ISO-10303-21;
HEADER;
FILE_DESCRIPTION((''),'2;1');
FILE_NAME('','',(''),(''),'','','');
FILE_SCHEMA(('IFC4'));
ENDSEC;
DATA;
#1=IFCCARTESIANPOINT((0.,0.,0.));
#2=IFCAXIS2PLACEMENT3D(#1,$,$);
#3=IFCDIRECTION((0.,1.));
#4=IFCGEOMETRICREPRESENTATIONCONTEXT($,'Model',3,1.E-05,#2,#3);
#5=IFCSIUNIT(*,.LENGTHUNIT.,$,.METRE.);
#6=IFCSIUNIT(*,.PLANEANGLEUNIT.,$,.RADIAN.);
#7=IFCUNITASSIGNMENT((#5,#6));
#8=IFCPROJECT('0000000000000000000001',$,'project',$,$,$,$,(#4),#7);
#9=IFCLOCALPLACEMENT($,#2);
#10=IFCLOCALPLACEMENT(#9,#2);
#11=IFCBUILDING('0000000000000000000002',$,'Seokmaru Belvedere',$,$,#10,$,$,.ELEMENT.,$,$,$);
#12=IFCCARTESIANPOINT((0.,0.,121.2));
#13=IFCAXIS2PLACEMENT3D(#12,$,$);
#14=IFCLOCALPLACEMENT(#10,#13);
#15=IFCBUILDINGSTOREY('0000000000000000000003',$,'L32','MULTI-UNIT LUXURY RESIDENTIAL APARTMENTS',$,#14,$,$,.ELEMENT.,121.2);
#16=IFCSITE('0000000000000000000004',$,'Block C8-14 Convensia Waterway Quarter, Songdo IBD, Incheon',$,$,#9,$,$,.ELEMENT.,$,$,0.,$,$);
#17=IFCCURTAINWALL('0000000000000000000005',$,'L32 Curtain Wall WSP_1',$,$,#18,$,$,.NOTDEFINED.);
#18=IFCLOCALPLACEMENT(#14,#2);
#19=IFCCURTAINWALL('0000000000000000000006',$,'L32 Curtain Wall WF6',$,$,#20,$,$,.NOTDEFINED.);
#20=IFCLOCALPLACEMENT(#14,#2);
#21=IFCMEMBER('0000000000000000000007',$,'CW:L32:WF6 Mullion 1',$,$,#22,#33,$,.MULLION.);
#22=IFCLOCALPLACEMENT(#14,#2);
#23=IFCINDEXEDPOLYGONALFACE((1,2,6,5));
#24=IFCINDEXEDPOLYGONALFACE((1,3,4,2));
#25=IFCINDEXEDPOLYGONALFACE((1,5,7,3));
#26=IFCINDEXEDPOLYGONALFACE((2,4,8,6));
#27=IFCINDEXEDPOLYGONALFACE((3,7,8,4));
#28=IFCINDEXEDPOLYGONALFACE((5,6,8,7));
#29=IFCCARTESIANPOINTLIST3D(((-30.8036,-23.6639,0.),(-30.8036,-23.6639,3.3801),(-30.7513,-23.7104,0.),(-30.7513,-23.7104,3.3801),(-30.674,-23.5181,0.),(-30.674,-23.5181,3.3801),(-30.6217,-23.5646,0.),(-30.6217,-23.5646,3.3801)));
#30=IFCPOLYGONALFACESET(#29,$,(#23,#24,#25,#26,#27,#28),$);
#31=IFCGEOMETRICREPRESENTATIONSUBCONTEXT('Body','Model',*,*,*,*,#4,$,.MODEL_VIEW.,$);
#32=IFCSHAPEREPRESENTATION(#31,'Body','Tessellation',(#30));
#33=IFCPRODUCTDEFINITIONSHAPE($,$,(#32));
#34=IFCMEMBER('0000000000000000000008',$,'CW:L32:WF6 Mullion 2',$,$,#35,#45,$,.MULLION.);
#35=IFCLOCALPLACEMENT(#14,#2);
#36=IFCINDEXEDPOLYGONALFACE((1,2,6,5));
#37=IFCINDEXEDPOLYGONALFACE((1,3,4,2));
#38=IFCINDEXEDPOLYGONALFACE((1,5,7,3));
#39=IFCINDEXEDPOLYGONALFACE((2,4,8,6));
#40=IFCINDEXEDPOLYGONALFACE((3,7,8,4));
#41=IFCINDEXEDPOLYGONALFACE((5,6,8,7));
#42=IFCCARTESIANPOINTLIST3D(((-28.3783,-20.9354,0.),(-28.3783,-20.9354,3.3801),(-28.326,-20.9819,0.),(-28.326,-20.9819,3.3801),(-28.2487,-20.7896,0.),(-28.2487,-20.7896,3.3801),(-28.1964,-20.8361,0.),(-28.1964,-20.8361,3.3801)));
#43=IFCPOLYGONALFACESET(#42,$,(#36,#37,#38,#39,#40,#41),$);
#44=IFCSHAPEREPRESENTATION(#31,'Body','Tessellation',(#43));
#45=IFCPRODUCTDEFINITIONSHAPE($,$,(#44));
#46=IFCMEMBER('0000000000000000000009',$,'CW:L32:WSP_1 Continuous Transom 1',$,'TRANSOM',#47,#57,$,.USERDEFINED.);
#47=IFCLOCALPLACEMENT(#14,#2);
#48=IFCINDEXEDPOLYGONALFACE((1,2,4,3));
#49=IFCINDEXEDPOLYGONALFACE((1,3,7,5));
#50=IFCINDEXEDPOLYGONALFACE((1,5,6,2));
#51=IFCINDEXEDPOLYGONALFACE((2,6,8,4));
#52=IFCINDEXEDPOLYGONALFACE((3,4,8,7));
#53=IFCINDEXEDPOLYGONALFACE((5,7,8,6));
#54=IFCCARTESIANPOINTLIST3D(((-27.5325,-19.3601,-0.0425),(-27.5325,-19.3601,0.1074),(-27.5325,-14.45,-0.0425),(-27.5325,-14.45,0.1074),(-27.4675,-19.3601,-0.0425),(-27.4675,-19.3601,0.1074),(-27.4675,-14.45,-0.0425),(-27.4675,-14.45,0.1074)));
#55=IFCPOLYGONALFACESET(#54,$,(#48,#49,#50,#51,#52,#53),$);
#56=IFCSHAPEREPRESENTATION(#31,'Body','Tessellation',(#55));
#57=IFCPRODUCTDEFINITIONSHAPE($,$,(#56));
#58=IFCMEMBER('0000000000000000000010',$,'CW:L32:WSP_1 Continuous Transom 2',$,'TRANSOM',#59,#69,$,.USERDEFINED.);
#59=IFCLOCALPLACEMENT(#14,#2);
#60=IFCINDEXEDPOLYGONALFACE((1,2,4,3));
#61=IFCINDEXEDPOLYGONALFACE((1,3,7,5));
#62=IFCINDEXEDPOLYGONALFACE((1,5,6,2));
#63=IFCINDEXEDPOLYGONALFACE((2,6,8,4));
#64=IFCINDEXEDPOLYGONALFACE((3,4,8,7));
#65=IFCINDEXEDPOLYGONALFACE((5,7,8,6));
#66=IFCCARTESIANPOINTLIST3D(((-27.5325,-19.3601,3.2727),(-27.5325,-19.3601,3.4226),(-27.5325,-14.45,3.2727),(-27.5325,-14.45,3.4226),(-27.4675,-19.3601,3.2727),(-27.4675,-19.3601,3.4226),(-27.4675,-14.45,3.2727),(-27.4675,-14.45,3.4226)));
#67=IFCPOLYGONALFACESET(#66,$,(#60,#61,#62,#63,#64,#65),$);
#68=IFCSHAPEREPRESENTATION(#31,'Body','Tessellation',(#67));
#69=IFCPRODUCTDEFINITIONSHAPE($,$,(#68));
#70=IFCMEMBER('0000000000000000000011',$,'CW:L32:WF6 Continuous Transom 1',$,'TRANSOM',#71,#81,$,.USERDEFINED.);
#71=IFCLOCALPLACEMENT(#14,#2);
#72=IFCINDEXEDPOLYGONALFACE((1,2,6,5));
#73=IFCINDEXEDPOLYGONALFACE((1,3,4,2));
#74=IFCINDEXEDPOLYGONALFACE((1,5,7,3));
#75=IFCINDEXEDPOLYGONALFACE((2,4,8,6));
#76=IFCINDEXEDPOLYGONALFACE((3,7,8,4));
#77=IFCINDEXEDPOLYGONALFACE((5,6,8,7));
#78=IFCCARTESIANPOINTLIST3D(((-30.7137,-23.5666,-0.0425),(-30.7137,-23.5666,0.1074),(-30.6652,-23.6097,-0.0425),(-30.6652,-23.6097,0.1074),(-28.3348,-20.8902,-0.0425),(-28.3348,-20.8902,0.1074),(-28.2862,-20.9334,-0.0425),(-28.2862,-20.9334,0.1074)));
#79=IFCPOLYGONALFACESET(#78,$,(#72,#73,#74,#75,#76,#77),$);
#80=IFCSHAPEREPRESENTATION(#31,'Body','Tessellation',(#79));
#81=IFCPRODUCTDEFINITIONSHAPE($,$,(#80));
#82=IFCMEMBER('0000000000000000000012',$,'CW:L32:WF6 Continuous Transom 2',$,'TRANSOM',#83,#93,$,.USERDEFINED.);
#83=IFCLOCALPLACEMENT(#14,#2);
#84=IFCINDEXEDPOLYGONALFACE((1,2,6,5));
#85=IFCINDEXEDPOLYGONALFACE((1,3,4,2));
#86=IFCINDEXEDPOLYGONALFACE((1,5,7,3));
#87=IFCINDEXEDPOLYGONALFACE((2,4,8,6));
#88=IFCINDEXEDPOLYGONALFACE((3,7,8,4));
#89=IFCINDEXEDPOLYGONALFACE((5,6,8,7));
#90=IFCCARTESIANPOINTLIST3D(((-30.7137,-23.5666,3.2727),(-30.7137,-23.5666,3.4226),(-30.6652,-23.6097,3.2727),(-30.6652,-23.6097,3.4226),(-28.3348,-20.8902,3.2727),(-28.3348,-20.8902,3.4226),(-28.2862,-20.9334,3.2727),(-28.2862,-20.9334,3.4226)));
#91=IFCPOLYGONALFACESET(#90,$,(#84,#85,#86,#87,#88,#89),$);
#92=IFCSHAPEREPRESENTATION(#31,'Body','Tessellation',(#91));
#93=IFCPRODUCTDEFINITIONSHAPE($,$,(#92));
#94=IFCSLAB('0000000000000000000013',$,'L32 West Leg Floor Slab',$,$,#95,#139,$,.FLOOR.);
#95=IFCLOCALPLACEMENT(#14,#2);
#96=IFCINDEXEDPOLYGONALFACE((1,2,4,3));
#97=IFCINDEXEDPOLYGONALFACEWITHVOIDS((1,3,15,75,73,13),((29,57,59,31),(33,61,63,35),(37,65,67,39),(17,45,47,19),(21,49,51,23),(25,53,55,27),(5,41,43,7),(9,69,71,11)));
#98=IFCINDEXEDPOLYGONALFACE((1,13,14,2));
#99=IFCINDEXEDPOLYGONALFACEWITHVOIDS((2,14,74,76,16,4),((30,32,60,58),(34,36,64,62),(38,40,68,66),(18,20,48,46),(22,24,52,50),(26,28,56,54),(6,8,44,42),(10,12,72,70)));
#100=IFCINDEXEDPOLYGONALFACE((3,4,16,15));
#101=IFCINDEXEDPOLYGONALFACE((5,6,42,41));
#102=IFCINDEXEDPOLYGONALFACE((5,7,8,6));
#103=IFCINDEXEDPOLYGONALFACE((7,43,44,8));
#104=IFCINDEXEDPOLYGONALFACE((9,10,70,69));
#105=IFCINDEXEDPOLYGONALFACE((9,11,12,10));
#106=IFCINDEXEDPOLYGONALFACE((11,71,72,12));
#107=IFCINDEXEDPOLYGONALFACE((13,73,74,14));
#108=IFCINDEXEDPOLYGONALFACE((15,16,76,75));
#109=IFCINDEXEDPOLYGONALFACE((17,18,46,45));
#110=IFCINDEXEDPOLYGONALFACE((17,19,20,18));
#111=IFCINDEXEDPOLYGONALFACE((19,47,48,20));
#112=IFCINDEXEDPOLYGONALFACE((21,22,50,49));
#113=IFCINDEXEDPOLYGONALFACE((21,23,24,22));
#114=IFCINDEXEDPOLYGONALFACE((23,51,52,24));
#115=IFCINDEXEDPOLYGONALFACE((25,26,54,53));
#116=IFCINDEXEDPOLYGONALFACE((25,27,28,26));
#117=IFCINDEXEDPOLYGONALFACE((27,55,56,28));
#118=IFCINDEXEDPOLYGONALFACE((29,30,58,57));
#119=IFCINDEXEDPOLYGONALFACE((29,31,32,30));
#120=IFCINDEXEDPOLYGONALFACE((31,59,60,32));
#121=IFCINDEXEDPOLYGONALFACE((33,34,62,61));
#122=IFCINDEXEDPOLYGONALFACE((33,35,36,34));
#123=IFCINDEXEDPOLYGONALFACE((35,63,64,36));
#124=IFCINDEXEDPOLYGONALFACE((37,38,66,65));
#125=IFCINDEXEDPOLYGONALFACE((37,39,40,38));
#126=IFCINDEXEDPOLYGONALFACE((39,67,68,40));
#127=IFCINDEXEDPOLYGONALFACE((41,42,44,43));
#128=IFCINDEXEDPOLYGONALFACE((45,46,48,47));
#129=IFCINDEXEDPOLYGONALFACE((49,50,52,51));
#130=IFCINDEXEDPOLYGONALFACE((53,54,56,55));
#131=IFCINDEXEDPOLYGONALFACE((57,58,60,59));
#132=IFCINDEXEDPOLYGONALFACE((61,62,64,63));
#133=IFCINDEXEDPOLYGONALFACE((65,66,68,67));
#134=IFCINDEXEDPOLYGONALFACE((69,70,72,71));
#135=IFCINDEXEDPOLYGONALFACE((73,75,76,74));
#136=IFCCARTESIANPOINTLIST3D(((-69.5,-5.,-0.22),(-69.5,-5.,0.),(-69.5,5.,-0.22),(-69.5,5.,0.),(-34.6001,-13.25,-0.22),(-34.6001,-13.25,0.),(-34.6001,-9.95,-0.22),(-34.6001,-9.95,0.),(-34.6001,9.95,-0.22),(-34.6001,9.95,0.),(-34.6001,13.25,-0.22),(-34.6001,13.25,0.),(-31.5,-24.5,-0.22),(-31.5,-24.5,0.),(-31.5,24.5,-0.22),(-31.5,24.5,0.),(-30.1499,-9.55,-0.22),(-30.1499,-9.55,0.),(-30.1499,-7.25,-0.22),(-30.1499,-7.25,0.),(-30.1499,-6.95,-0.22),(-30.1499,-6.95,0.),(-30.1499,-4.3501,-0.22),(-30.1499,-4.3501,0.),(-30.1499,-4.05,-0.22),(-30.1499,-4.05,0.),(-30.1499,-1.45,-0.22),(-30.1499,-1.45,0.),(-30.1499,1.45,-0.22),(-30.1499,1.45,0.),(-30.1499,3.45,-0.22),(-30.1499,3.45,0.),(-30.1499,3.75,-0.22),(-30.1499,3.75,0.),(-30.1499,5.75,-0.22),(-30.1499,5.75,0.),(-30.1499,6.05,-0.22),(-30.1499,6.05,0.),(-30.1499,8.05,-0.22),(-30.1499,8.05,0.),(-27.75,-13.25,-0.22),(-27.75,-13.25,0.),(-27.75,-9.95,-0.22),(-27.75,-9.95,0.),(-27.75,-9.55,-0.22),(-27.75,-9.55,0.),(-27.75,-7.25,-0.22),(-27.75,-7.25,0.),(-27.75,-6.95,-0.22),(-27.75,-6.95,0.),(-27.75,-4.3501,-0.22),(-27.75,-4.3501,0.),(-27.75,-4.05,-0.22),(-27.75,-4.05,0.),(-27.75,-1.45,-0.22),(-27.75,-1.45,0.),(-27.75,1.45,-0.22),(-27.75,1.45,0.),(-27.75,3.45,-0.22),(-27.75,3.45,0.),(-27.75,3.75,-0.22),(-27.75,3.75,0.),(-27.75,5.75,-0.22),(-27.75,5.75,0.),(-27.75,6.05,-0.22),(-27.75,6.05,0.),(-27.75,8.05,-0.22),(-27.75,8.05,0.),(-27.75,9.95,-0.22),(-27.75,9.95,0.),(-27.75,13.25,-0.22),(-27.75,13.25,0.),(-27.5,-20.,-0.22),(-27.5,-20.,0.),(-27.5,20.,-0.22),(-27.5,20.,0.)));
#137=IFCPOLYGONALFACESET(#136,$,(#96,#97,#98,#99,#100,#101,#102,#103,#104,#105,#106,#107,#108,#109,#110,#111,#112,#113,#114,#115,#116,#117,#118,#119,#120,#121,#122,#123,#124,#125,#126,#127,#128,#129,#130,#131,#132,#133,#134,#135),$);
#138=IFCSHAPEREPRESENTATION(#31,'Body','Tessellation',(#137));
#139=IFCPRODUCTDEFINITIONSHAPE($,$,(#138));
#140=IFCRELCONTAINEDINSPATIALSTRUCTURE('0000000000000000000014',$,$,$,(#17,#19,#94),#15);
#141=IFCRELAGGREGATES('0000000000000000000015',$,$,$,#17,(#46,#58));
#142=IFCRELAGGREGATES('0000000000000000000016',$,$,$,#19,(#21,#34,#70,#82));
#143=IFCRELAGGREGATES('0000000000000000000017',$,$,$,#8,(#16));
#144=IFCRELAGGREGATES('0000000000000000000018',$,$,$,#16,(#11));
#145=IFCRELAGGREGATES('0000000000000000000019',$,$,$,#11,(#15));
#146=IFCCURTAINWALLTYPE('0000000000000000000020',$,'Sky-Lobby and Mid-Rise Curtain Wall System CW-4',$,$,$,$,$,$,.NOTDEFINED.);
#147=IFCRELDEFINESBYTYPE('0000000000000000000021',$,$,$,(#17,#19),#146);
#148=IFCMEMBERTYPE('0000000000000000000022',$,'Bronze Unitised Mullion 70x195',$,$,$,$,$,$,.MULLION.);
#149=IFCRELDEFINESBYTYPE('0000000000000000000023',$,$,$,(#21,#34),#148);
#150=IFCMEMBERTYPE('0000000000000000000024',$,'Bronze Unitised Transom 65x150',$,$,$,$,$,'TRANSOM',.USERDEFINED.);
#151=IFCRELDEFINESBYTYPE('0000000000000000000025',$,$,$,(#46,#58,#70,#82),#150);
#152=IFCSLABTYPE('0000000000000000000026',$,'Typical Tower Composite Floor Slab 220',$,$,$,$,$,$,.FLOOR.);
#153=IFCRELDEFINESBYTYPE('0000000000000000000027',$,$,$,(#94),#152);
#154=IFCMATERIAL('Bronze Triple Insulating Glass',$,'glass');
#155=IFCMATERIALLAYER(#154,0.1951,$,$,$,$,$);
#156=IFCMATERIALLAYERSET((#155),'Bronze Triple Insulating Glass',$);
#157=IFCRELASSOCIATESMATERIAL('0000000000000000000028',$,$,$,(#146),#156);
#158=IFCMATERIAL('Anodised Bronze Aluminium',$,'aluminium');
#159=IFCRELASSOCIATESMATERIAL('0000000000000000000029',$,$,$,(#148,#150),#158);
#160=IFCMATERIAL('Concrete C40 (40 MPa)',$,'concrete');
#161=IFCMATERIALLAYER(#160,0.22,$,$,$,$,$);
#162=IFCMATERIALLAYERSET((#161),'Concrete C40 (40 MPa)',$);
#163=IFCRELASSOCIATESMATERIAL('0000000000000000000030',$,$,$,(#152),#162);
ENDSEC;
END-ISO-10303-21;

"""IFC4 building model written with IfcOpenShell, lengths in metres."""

from ifc_helpers import new_model, si_unit, direction, frame, origin, origin_2d, place, context, subcontext, project, spatial, polyline, rectangle, outline, extrude, source, transform, mapped, material, layer, layer_set, material_profile, profile_set, type_object, type_shapes, element, aggregate, save


model = new_model("IFC4")

# Units and contexts
model_context = context("Model", 3, precision=1e-05, world=origin(), true_north=direction((0.0, 1.0)))
body_context = subcontext(model_context, "Body", "Model", "MODEL_VIEW")
ifc_project = project(units=[si_unit("LENGTHUNIT", "METRE"), si_unit("PLANEANGLEUNIT", "RADIAN")], contexts=[model_context])

# Site, building, storey
site_placement = place(None, origin())
site = spatial("IfcSite", under=ifc_project, at=site_placement, Name="Block C8-14 Convensia Waterway Quarter, Songdo IBD, Incheon", CompositionType="ELEMENT", RefElevation=0.0)
building_placement = place(site_placement, origin())
building = spatial("IfcBuilding", under=site, at=building_placement, Name="Seokmaru Belvedere", CompositionType="ELEMENT")
storey_placement = place(building_placement, frame((0.0, 0.0, 121.2)))
storey = spatial("IfcBuildingStorey", under=building, at=storey_placement, Name="L32", Description="MULTI-UNIT LUXURY RESIDENTIAL APARTMENTS", CompositionType="ELEMENT", Elevation=121.2)

# Curtain walls, members
ifc_material_1 = material(Name="Bronze Triple Insulating Glass", Category="glass")
ifc_layer_1 = layer(ifc_material_1, 0.1951)
ifc_layer_set_1 = layer_set([ifc_layer_1], Name="Bronze Triple Insulating Glass")
curtain_wall_type = type_object("IfcCurtainWallType", Name="Sky-Lobby and Mid-Rise Curtain Wall System CW-4", PredefinedType="NOTDEFINED", material=ifc_layer_set_1)
curtain_wall_1_placement = place(storey_placement, origin())
curtain_wall_1 = element("IfcCurtainWall", 1, at=curtain_wall_1_placement, inside=storey, type_object=curtain_wall_type, Name="L32 Curtain Wall WSP_1", PredefinedType="NOTDEFINED")
ifc_material_2 = material(Name="Anodised Bronze Aluminium", Category="aluminium")
ifc_material_profile_1 = material_profile(ifc_material_2, rectangle(XDim=0.0701, YDim=0.1951, at=origin_2d()), Name="CW-M-70x195")
ifc_profile_set_1 = profile_set([ifc_material_profile_1], Name="Anodised Bronze Aluminium")
member_type_1 = type_object("IfcMemberType", Name="Bronze Unitised Mullion 70x195", PredefinedType="MULLION", material=ifc_profile_set_1)
shared_shape_1 = source(origin(), body_context, "Body", "SweptSolid", [
    extrude(rectangle(XDim=0.0701, YDim=0.1951, at=origin_2d()), origin(), (0.0, 0.0, 1.0), 3.3801),
])
type_shapes(member_type_1, [shared_shape_1])
curtain_wall_2_placement = place(storey_placement, origin())
curtain_wall_2 = element("IfcCurtainWall", 2, at=curtain_wall_2_placement, inside=storey, type_object=curtain_wall_type, Name="L32 Curtain Wall WF6", PredefinedType="NOTDEFINED")
member_1_placement = place(storey_placement, frame((-30.7126, -23.6143, 0.0), z_axis=(0.0, 0.0, 1.0), x_axis=(-0.74741, 0.664363, 0.0)))
member_1 = element("IfcMember", 3, at=member_1_placement, type_object=member_type_1, Name="CW:L32:WF6 Mullion 1", PredefinedType="MULLION", context=body_context, shape_type="MappedRepresentation", body=[
    mapped(shared_shape_1, transform((0.0, 0.0, 0.0), scale=1.0)),
])
member_2_placement = place(storey_placement, frame((-28.2874, -20.8857, 0.0), z_axis=(0.0, 0.0, 1.0), x_axis=(-0.74741, 0.664363, 0.0)))
member_2 = element("IfcMember", 4, at=member_2_placement, type_object=member_type_1, Name="CW:L32:WF6 Mullion 2", PredefinedType="MULLION", context=body_context, shape_type="MappedRepresentation", body=[
    mapped(shared_shape_1, transform((0.0, 0.0, 0.0), scale=1.0)),
])

# Members
ifc_material_profile_2 = material_profile(ifc_material_2, rectangle(XDim=0.0649, YDim=0.1499, at=origin_2d()), Name="CW-T-65x150")
ifc_profile_set_2 = profile_set([ifc_material_profile_2], Name="Anodised Bronze Aluminium")
member_type_2 = type_object("IfcMemberType", Name="Bronze Unitised Transom 65x150", ElementType="TRANSOM", PredefinedType="USERDEFINED", material=ifc_profile_set_2)
shared_shape_2 = source(origin(), body_context, "Body", "SweptSolid", [
    extrude(rectangle(XDim=0.0649, YDim=0.1499, at=origin_2d()), origin(), (0.0, 0.0, 1.0), 4.9102),
])
member_3_placement = place(storey_placement, frame((-27.5, -19.3601, 0.0325), z_axis=(0.0, 1.0, 0.0), x_axis=(-1.0, 0.0, 0.0)))
member_3 = element("IfcMember", 5, at=member_3_placement, type_object=member_type_2, Name="CW:L32:WSP_1 Continuous Transom 1", ObjectType="TRANSOM", PredefinedType="USERDEFINED", context=body_context, shape_type="MappedRepresentation", body=[
    mapped(shared_shape_2, transform((0.0, 0.0, 0.0), scale=1.0)),
])
member_4_placement = place(storey_placement, frame((-27.5, -19.3601, 3.3477), z_axis=(0.0, 1.0, 0.0), x_axis=(-1.0, 0.0, 0.0)))
member_4 = element("IfcMember", 6, at=member_4_placement, type_object=member_type_2, Name="CW:L32:WSP_1 Continuous Transom 2", ObjectType="TRANSOM", PredefinedType="USERDEFINED", context=body_context, shape_type="MappedRepresentation", body=[
    mapped(shared_shape_2, transform((0.0, 0.0, 0.0), scale=1.0)),
])
shared_shape_3 = source(origin(), body_context, "Body", "SweptSolid", [
    extrude(rectangle(XDim=0.0649, YDim=0.1499, at=origin_2d()), origin(), (0.0, 0.0, 1.0), 3.5808),
])
type_shapes(member_type_2, [shared_shape_2, shared_shape_3])
member_5_placement = place(storey_placement, frame((-30.6895, -23.5881, 0.0325), z_axis=(0.664364, 0.747409, 0.0), x_axis=(-0.747409, 0.664364, 0.0)))
member_5 = element("IfcMember", 7, at=member_5_placement, type_object=member_type_2, Name="CW:L32:WF6 Continuous Transom 1", ObjectType="TRANSOM", PredefinedType="USERDEFINED", context=body_context, shape_type="MappedRepresentation", body=[
    mapped(shared_shape_3, transform((0.0, 0.0, 0.0), scale=1.0)),
])
member_6_placement = place(storey_placement, frame((-30.6895, -23.5881, 3.3477), z_axis=(0.664364, 0.747409, 0.0), x_axis=(-0.747409, 0.664364, 0.0)))
member_6 = element("IfcMember", 8, at=member_6_placement, type_object=member_type_2, Name="CW:L32:WF6 Continuous Transom 2", ObjectType="TRANSOM", PredefinedType="USERDEFINED", context=body_context, shape_type="MappedRepresentation", body=[
    mapped(shared_shape_3, transform((0.0, 0.0, 0.0), scale=1.0)),
])

# Slab
ifc_material_3 = material(Name="Concrete C40 (40 MPa)", Category="concrete")
ifc_layer_2 = layer(ifc_material_3, 0.22)
ifc_layer_set_2 = layer_set([ifc_layer_2], Name="Concrete C40 (40 MPa)")
slab_type = type_object("IfcSlabType", Name="Typical Tower Composite Floor Slab 220", PredefinedType="FLOOR", material=ifc_layer_set_2)
slab_1_placement = place(storey_placement, frame((0.0, 0.0, -0.22)))
element("IfcSlab", 9, at=slab_1_placement, inside=storey, type_object=slab_type, Name="L32 West Leg Floor Slab", PredefinedType="FLOOR", context=body_context, shape_type="SweptSolid", body=[
    extrude(outline(polyline([(-27.5, -20.0), (-27.5, 20.0), (-31.5, 24.5), (-69.5, 5.0), (-69.5, -5.0), (-31.5, -24.5), (-27.5, -20.0)]), holes=[polyline([(-34.6001, -13.25), (-27.75, -13.25), (-27.75, -9.95), (-34.6001, -9.95), (-34.6001, -13.25)]), polyline([(-34.6001, 9.95), (-27.75, 9.95), (-27.75, 13.25), (-34.6001, 13.25), (-34.6001, 9.95)]), polyline([(-30.1499, -9.55), (-27.75, -9.55), (-27.75, -7.25), (-30.1499, -7.25), (-30.1499, -9.55)]), polyline([(-30.1499, -6.95), (-27.75, -6.95), (-27.75, -4.3501), (-30.1499, -4.3501), (-30.1499, -6.95)]), polyline([(-30.1499, -4.05), (-27.75, -4.05), (-27.75, -1.45), (-30.1499, -1.45), (-30.1499, -4.05)]), polyline([(-30.1499, 1.45), (-27.75, 1.45), (-27.75, 3.45), (-30.1499, 3.45), (-30.1499, 1.45)]), polyline([(-30.1499, 3.75), (-27.75, 3.75), (-27.75, 5.75), (-30.1499, 5.75), (-30.1499, 3.75)]), polyline([(-30.1499, 6.05), (-27.75, 6.05), (-27.75, 8.05), (-30.1499, 8.05), (-30.1499, 6.05)])]), origin(), (0.0, 0.0, 1.0), 0.22),
])

aggregate(curtain_wall_1, [member_3, member_4])
aggregate(curtain_wall_2, [member_1, member_2, member_5, member_6])

save(model, "model.ifc")
